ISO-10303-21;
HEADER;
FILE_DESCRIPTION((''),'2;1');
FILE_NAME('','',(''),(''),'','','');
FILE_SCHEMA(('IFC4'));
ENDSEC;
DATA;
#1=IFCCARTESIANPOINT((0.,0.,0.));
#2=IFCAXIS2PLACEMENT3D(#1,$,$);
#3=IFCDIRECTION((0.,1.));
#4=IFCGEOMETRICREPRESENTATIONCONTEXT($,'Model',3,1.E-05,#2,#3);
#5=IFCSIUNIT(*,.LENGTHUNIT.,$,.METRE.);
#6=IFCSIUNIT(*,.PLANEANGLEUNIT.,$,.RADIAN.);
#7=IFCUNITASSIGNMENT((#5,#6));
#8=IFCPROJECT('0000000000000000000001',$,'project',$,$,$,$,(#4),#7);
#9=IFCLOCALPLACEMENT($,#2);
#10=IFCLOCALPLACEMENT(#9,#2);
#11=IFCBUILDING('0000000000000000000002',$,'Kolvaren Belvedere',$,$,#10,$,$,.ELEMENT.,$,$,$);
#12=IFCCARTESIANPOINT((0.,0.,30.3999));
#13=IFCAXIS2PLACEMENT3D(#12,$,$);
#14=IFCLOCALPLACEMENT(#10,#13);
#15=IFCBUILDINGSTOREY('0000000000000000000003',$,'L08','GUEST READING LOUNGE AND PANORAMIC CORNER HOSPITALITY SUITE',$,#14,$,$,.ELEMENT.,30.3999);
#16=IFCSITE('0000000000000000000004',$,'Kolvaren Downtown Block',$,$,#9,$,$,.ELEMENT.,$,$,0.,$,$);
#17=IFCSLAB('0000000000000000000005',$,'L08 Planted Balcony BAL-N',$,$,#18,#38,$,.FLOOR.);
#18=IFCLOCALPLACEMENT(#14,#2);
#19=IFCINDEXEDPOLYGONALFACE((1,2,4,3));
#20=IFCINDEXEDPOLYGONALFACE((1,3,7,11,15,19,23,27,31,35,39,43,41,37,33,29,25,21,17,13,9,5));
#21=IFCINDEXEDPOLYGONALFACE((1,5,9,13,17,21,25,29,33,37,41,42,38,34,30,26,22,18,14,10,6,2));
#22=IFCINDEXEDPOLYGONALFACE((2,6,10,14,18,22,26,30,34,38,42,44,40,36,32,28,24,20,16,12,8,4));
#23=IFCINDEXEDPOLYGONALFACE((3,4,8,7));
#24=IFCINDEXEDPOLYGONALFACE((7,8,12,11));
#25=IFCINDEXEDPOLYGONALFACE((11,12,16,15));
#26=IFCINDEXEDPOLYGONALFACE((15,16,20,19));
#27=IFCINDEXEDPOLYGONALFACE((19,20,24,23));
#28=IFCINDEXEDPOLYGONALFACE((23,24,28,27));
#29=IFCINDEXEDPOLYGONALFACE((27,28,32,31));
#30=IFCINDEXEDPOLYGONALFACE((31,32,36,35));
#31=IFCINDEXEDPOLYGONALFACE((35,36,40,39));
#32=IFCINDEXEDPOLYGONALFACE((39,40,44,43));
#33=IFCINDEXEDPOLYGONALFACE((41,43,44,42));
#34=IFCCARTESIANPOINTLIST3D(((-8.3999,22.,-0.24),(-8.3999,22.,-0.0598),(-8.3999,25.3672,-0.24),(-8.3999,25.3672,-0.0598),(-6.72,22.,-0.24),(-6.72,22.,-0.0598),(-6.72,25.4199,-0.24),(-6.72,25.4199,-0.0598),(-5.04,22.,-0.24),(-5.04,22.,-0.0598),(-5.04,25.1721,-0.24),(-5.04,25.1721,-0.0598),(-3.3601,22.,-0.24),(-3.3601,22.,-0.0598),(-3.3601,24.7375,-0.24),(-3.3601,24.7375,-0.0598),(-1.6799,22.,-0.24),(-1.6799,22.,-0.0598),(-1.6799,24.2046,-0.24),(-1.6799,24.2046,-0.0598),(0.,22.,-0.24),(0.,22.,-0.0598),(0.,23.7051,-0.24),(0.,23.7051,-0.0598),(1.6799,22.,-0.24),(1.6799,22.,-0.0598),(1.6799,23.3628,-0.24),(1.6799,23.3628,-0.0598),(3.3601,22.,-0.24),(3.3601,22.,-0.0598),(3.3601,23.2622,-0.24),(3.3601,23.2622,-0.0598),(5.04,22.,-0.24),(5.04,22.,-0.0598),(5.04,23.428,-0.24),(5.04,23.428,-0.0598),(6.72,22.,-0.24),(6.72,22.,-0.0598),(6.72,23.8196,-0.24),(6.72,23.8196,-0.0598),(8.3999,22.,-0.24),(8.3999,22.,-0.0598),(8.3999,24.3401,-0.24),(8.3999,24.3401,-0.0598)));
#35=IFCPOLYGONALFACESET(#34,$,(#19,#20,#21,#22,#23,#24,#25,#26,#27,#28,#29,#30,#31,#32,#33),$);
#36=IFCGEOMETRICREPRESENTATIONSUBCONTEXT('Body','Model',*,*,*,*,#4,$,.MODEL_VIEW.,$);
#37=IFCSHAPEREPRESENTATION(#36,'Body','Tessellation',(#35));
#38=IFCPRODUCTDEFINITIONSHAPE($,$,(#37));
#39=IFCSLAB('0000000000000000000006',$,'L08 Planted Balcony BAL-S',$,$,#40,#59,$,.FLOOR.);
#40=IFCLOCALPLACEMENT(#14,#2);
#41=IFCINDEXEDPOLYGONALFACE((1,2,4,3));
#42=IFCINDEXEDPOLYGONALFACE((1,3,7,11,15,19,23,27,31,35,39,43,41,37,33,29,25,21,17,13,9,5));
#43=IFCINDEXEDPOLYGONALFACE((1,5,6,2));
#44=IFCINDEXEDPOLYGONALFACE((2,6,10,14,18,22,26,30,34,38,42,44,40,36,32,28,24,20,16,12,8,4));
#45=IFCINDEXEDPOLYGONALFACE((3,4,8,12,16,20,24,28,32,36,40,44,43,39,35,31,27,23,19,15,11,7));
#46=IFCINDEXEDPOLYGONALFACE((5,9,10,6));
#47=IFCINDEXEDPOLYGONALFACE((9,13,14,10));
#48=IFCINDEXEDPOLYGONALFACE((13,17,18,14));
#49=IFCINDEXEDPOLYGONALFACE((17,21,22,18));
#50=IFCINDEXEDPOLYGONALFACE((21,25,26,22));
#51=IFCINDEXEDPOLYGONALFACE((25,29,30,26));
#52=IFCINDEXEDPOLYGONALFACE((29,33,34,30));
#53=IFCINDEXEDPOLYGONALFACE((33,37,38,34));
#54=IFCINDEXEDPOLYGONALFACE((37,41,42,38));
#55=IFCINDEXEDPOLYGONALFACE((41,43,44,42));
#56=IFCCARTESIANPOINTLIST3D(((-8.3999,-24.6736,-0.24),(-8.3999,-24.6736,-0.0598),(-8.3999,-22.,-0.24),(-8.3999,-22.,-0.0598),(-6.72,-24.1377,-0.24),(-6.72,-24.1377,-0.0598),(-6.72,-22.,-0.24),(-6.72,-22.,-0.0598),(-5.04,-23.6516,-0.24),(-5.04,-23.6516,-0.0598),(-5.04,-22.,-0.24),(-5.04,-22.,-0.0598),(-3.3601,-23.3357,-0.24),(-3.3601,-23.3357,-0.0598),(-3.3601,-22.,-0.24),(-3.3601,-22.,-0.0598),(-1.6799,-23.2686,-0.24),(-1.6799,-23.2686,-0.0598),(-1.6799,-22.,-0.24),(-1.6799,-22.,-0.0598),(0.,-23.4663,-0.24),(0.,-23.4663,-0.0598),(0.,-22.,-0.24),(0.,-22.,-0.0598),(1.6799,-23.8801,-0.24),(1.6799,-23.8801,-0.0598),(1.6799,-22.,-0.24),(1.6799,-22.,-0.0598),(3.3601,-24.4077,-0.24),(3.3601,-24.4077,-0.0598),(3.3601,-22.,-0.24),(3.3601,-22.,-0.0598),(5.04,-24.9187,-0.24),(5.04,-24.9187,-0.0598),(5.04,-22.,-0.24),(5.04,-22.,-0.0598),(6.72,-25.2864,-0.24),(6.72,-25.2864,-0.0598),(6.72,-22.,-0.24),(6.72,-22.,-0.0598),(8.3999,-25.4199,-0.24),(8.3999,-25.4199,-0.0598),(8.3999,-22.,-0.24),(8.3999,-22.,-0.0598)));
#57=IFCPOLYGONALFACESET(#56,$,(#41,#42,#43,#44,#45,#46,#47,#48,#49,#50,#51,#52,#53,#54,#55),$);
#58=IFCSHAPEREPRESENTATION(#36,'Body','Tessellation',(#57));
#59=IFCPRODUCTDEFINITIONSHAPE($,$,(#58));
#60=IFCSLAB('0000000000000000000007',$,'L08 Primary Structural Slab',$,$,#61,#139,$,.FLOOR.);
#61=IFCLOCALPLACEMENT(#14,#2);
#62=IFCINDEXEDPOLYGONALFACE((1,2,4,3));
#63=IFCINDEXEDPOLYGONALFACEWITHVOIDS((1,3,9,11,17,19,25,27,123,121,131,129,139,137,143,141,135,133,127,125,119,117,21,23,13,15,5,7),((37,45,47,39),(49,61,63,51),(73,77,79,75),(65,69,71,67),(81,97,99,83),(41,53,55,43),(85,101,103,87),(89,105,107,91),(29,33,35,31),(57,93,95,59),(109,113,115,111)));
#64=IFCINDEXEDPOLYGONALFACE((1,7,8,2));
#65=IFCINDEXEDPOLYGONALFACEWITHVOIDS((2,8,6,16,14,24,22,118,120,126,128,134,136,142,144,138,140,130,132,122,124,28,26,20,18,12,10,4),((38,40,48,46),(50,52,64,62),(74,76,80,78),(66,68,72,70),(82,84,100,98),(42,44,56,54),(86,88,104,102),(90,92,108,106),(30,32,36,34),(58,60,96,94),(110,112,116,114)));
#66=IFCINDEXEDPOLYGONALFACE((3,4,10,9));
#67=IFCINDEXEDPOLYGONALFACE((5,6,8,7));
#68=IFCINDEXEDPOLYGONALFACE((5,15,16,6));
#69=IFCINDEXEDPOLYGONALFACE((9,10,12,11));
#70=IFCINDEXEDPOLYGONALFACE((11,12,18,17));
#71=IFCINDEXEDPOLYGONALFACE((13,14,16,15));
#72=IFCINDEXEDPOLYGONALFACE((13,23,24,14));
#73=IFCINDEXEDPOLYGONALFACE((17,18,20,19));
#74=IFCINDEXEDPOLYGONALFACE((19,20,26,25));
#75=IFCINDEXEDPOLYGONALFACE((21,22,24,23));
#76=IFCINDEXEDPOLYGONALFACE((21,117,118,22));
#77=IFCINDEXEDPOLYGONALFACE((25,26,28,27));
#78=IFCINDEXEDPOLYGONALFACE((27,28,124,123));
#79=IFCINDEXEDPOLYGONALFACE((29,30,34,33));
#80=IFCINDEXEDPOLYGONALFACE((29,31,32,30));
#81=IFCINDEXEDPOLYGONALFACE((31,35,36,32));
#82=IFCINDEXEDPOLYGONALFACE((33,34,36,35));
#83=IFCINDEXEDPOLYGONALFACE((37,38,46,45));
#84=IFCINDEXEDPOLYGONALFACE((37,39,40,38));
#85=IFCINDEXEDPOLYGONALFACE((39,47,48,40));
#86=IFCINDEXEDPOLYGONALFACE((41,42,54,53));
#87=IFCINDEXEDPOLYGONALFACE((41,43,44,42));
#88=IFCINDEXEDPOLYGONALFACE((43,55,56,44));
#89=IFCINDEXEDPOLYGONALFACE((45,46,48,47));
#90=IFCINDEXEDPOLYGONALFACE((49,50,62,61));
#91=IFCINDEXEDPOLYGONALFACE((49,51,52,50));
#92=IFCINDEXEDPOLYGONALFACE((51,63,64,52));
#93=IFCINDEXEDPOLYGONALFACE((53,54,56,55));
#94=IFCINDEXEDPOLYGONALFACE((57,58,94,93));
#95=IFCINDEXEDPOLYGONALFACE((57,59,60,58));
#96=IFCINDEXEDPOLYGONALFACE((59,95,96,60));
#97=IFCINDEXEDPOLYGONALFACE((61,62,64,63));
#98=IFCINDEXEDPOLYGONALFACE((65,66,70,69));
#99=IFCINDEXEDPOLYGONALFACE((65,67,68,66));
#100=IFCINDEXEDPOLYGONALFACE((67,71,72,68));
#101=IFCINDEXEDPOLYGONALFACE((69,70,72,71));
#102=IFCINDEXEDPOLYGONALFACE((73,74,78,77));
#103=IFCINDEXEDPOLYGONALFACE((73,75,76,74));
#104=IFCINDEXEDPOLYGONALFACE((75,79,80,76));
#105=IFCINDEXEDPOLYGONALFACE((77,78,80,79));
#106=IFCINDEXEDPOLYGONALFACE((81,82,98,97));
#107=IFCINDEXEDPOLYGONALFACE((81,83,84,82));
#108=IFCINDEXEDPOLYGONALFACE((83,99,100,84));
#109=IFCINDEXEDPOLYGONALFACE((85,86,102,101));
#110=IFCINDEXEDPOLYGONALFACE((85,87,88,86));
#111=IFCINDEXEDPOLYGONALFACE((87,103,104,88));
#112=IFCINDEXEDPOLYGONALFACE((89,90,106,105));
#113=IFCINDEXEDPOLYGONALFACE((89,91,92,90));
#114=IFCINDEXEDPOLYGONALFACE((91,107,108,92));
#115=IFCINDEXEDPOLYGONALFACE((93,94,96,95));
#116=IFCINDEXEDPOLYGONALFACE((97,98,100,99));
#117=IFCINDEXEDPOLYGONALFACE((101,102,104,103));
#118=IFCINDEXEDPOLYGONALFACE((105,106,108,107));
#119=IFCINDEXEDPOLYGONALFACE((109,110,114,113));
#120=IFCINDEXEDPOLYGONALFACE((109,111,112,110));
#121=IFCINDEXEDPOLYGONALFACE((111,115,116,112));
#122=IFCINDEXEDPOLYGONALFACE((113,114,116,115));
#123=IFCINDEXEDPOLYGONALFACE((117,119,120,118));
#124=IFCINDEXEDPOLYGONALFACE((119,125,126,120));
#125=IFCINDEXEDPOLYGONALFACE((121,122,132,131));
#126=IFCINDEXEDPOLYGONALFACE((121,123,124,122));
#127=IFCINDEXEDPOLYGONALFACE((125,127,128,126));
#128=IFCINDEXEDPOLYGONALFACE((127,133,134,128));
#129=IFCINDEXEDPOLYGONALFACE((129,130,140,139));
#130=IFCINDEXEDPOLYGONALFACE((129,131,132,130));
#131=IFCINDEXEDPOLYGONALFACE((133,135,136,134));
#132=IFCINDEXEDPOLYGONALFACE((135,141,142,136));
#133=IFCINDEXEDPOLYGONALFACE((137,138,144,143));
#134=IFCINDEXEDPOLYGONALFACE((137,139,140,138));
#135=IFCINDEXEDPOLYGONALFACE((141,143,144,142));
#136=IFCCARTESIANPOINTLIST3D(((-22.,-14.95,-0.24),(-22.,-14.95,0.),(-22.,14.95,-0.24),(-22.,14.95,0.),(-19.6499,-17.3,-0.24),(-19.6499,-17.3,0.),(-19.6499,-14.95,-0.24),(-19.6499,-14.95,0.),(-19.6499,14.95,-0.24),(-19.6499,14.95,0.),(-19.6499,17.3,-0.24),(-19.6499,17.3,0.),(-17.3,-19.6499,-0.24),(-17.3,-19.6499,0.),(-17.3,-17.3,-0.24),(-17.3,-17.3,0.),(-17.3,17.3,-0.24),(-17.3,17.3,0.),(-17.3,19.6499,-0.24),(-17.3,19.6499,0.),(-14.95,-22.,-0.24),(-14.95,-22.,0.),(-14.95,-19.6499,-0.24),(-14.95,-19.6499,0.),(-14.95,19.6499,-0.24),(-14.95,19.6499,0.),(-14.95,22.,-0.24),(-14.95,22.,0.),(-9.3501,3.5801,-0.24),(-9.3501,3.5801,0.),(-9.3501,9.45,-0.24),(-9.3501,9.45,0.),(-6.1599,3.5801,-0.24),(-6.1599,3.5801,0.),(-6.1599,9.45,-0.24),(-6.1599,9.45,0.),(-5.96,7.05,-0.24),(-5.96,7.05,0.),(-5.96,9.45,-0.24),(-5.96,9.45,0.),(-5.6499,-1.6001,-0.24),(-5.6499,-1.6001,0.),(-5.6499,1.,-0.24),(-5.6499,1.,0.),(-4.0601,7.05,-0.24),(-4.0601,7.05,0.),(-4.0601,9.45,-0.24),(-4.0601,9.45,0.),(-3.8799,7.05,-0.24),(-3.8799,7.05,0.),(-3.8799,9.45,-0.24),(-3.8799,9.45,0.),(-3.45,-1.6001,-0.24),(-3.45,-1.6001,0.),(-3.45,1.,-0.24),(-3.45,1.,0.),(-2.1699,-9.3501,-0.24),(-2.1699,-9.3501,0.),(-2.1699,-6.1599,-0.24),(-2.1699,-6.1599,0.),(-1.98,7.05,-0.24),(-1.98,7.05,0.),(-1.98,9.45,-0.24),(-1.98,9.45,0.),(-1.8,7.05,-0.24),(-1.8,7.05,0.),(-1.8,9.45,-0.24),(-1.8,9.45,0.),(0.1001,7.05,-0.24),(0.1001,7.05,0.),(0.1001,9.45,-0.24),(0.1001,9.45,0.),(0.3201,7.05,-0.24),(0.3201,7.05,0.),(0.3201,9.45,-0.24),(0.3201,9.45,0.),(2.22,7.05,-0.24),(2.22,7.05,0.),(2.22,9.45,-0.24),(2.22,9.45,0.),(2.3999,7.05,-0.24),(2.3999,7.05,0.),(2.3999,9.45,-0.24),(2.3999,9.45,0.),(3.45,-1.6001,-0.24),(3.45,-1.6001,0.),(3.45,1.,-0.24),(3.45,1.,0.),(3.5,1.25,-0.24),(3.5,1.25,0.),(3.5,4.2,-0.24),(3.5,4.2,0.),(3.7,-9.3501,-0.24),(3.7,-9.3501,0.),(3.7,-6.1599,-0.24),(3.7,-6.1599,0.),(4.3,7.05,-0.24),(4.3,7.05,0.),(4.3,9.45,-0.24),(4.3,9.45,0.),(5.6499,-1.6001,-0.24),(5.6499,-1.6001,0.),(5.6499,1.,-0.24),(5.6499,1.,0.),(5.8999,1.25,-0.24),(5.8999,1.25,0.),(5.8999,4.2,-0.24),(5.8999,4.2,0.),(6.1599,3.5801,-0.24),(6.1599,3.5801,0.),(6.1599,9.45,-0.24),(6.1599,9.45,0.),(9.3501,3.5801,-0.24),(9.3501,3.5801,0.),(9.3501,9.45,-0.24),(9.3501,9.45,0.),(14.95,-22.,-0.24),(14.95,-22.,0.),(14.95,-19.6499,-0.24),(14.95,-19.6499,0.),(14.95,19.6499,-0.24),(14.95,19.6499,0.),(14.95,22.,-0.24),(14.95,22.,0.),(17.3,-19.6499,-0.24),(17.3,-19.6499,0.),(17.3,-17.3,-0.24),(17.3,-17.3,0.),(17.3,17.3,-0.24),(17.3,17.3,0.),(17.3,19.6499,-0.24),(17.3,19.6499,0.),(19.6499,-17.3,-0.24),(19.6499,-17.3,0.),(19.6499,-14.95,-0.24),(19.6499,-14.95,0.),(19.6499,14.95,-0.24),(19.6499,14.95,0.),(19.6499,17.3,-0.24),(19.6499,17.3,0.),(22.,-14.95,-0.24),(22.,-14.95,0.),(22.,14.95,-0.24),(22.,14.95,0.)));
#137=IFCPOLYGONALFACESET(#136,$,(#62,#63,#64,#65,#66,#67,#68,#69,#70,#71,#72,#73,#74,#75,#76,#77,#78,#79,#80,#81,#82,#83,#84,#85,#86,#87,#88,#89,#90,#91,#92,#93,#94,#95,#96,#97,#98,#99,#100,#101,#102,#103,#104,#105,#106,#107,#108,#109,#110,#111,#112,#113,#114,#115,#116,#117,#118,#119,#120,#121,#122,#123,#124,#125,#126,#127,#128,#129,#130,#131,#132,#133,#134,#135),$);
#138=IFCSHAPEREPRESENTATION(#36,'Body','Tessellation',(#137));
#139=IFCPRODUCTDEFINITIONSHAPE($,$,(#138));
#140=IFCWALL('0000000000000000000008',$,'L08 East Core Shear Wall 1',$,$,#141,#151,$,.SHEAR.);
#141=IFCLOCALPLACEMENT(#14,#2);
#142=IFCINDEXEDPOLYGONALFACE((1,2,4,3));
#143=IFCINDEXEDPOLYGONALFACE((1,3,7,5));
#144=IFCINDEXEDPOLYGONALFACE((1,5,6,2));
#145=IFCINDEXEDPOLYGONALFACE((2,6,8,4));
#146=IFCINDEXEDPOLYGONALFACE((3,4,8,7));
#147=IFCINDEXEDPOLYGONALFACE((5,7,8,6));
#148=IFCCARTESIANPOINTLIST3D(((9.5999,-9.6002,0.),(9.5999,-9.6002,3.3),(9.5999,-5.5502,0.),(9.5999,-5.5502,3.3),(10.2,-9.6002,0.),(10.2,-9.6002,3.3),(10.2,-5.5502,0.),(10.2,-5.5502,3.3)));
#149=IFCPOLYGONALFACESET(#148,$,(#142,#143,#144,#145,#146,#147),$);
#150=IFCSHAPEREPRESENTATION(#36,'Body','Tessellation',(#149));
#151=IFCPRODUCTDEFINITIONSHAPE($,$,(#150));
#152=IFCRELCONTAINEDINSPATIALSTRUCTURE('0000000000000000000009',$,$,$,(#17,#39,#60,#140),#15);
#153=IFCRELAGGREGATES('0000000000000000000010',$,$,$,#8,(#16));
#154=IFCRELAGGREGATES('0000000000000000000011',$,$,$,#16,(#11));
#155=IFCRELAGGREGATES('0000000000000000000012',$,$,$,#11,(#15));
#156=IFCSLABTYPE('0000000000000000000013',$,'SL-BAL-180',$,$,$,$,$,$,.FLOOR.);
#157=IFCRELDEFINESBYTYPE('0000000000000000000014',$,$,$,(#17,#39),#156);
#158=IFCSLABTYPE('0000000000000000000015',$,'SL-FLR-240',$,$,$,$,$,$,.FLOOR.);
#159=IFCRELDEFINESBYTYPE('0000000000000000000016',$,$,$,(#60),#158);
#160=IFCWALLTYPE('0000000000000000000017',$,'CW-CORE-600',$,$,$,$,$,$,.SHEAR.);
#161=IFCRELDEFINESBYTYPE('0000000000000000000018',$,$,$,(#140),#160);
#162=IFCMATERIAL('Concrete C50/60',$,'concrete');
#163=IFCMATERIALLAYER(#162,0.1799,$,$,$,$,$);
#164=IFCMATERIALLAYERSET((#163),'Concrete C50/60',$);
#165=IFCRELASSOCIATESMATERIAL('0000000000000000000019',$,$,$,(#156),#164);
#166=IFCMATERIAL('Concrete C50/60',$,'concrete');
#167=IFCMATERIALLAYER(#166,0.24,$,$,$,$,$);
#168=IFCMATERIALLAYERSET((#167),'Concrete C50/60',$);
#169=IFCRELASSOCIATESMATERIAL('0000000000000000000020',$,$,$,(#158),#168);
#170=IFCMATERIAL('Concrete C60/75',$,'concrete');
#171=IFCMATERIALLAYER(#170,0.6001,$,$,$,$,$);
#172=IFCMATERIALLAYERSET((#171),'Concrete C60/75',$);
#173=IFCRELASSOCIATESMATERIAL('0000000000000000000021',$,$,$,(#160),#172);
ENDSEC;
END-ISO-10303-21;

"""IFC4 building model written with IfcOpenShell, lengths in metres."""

from ifc_helpers import new_model, si_unit, direction, frame, frame_2d, origin, place, context, subcontext, project, spatial, polyline, rectangle, outline, extrude, material, layer, layer_set, type_object, element, save


model = new_model("IFC4")

# Units and contexts
model_context = context("Model", 3, precision=1e-05, world=origin(), true_north=direction((0.0, 1.0)))
body_context = subcontext(model_context, "Body", "Model", "MODEL_VIEW")
ifc_project = project(units=[si_unit("LENGTHUNIT", "METRE"), si_unit("PLANEANGLEUNIT", "RADIAN")], contexts=[model_context])

# Site, building, storey
site_placement = place(None, origin())
site = spatial("IfcSite", under=ifc_project, at=site_placement, Name="Kolvaren Downtown Block", CompositionType="ELEMENT", RefElevation=0.0)
building_placement = place(site_placement, origin())
building = spatial("IfcBuilding", under=site, at=building_placement, Name="Kolvaren Belvedere", CompositionType="ELEMENT")
storey_placement = place(building_placement, frame((0.0, 0.0, 30.3999)))
storey = spatial("IfcBuildingStorey", under=building, at=storey_placement, Name="L08", Description="GUEST READING LOUNGE AND PANORAMIC CORNER HOSPITALITY SUITE", CompositionType="ELEMENT", Elevation=30.3999)

# Slabs
ifc_material_1 = material(Name="Concrete C50/60", Category="concrete")
ifc_layer_1 = layer(ifc_material_1, 0.1799)
ifc_layer_set_1 = layer_set([ifc_layer_1], Name="Concrete C50/60")
slab_type_1 = type_object("IfcSlabType", Name="SL-BAL-180", PredefinedType="FLOOR", material=ifc_layer_set_1)
slab_1_placement = place(storey_placement, frame((0.0, 0.0, -0.24)))
element("IfcSlab", 1, at=slab_1_placement, inside=storey, type_object=slab_type_1, Name="L08 Planted Balcony BAL-N", PredefinedType="FLOOR", context=body_context, shape_type="SweptSolid", body=[
    extrude(outline(polyline([(-8.3999, 22.0), (-6.72, 22.0), (-5.04, 22.0), (-3.3601, 22.0), (-1.6799, 22.0), (0.0, 22.0), (1.6799, 22.0), (3.3601, 22.0), (5.04, 22.0), (6.72, 22.0), (8.3999, 22.0), (8.3999, 24.3401), (6.72, 23.8196), (5.04, 23.428), (3.3601, 23.2622), (1.6799, 23.3628), (0.0, 23.7051), (-1.6799, 24.2046), (-3.3601, 24.7375), (-5.04, 25.1721), (-6.72, 25.4199), (-8.3999, 25.3672), (-8.3999, 22.0)])), origin(), (0.0, 0.0, 1.0), 0.1802),
])
slab_2_placement = place(storey_placement, frame((0.0, 0.0, -0.24)))
element("IfcSlab", 2, at=slab_2_placement, inside=storey, type_object=slab_type_1, Name="L08 Planted Balcony BAL-S", PredefinedType="FLOOR", context=body_context, shape_type="SweptSolid", body=[
    extrude(outline(polyline([(-8.3999, -24.6736), (-6.72, -24.1377), (-5.04, -23.6516), (-3.3601, -23.3357), (-1.6799, -23.2686), (0.0, -23.4663), (1.6799, -23.8801), (3.3601, -24.4077), (5.04, -24.9187), (6.72, -25.2864), (8.3999, -25.4199), (8.3999, -22.0), (6.72, -22.0), (5.04, -22.0), (3.3601, -22.0), (1.6799, -22.0), (0.0, -22.0), (-1.6799, -22.0), (-3.3601, -22.0), (-5.04, -22.0), (-6.72, -22.0), (-8.3999, -22.0), (-8.3999, -24.6736)])), origin(), (0.0, 0.0, 1.0), 0.1802),
])
ifc_material_2 = material(Name="Concrete C50/60", Category="concrete")
ifc_layer_2 = layer(ifc_material_2, 0.24)
ifc_layer_set_2 = layer_set([ifc_layer_2], Name="Concrete C50/60")
slab_type_2 = type_object("IfcSlabType", Name="SL-FLR-240", PredefinedType="FLOOR", material=ifc_layer_set_2)
slab_3_placement = place(storey_placement, frame((0.0, 0.0, -0.24)))
element("IfcSlab", 3, at=slab_3_placement, inside=storey, type_object=slab_type_2, Name="L08 Primary Structural Slab", PredefinedType="FLOOR", context=body_context, shape_type="SweptSolid", body=[
    extrude(outline(polyline([(-14.95, -22.0), (14.95, -22.0), (14.95, -19.6499), (17.3, -19.6499), (17.3, -17.3), (19.6499, -17.3), (19.6499, -14.95), (22.0, -14.95), (22.0, 14.95), (19.6499, 14.95), (19.6499, 17.3), (17.3, 17.3), (17.3, 19.6499), (14.95, 19.6499), (14.95, 22.0), (-14.95, 22.0), (-14.95, 19.6499), (-17.3, 19.6499), (-17.3, 17.3), (-19.6499, 17.3), (-19.6499, 14.95), (-22.0, 14.95), (-22.0, -14.95), (-19.6499, -14.95), (-19.6499, -17.3), (-17.3, -17.3), (-17.3, -19.6499), (-14.95, -19.6499), (-14.95, -22.0)]), holes=[polyline([(-9.3501, 3.5801), (-6.1599, 3.5801), (-6.1599, 9.45), (-9.3501, 9.45), (-9.3501, 3.5801)]), polyline([(6.1599, 3.5801), (9.3501, 3.5801), (9.3501, 9.45), (6.1599, 9.45), (6.1599, 3.5801)]), polyline([(-2.1699, -9.3501), (3.7, -9.3501), (3.7, -6.1599), (-2.1699, -6.1599), (-2.1699, -9.3501)]), polyline([(-5.6499, -1.6001), (-3.45, -1.6001), (-3.45, 1.0), (-5.6499, 1.0), (-5.6499, -1.6001)]), polyline([(3.5, 1.25), (5.8999, 1.25), (5.8999, 4.2), (3.5, 4.2), (3.5, 1.25)]), polyline([(3.45, -1.6001), (5.6499, -1.6001), (5.6499, 1.0), (3.45, 1.0), (3.45, -1.6001)]), polyline([(-5.96, 7.05), (-4.0601, 7.05), (-4.0601, 9.45), (-5.96, 9.45), (-5.96, 7.05)]), polyline([(-3.8799, 7.05), (-1.98, 7.05), (-1.98, 9.45), (-3.8799, 9.45), (-3.8799, 7.05)]), polyline([(-1.8, 7.05), (0.1001, 7.05), (0.1001, 9.45), (-1.8, 9.45), (-1.8, 7.05)]), polyline([(0.3201, 7.05), (2.22, 7.05), (2.22, 9.45), (0.3201, 9.45), (0.3201, 7.05)]), polyline([(2.3999, 7.05), (4.3, 7.05), (4.3, 9.45), (2.3999, 9.45), (2.3999, 7.05)])]), origin(), (0.0, 0.0, 1.0), 0.24),
])

# Wall
ifc_material_3 = material(Name="Concrete C60/75", Category="concrete")
ifc_layer_3 = layer(ifc_material_3, 0.6001)
ifc_layer_set_3 = layer_set([ifc_layer_3], Name="Concrete C60/75")
wall_type_1 = type_object("IfcWallType", Name="CW-CORE-600", PredefinedType="SHEAR", material=ifc_layer_set_3)
wall_1_placement = place(storey_placement, frame((9.8999, -9.6001, 0.0), z_axis=(0.0, 0.0, 1.0), x_axis=(0.0, 1.0, 0.0)))
element("IfcWall", 4, at=wall_1_placement, inside=storey, type_object=wall_type_1, Name="L08 East Core Shear Wall 1", PredefinedType="SHEAR", context=body_context, shape_type="SweptSolid", body=[
    extrude(rectangle(XDim=4.05, YDim=0.6001, at=frame_2d((2.0249, 0.0))), origin(), (0.0, 0.0, 1.0), 3.3),
])

save(model, "model.ifc")
